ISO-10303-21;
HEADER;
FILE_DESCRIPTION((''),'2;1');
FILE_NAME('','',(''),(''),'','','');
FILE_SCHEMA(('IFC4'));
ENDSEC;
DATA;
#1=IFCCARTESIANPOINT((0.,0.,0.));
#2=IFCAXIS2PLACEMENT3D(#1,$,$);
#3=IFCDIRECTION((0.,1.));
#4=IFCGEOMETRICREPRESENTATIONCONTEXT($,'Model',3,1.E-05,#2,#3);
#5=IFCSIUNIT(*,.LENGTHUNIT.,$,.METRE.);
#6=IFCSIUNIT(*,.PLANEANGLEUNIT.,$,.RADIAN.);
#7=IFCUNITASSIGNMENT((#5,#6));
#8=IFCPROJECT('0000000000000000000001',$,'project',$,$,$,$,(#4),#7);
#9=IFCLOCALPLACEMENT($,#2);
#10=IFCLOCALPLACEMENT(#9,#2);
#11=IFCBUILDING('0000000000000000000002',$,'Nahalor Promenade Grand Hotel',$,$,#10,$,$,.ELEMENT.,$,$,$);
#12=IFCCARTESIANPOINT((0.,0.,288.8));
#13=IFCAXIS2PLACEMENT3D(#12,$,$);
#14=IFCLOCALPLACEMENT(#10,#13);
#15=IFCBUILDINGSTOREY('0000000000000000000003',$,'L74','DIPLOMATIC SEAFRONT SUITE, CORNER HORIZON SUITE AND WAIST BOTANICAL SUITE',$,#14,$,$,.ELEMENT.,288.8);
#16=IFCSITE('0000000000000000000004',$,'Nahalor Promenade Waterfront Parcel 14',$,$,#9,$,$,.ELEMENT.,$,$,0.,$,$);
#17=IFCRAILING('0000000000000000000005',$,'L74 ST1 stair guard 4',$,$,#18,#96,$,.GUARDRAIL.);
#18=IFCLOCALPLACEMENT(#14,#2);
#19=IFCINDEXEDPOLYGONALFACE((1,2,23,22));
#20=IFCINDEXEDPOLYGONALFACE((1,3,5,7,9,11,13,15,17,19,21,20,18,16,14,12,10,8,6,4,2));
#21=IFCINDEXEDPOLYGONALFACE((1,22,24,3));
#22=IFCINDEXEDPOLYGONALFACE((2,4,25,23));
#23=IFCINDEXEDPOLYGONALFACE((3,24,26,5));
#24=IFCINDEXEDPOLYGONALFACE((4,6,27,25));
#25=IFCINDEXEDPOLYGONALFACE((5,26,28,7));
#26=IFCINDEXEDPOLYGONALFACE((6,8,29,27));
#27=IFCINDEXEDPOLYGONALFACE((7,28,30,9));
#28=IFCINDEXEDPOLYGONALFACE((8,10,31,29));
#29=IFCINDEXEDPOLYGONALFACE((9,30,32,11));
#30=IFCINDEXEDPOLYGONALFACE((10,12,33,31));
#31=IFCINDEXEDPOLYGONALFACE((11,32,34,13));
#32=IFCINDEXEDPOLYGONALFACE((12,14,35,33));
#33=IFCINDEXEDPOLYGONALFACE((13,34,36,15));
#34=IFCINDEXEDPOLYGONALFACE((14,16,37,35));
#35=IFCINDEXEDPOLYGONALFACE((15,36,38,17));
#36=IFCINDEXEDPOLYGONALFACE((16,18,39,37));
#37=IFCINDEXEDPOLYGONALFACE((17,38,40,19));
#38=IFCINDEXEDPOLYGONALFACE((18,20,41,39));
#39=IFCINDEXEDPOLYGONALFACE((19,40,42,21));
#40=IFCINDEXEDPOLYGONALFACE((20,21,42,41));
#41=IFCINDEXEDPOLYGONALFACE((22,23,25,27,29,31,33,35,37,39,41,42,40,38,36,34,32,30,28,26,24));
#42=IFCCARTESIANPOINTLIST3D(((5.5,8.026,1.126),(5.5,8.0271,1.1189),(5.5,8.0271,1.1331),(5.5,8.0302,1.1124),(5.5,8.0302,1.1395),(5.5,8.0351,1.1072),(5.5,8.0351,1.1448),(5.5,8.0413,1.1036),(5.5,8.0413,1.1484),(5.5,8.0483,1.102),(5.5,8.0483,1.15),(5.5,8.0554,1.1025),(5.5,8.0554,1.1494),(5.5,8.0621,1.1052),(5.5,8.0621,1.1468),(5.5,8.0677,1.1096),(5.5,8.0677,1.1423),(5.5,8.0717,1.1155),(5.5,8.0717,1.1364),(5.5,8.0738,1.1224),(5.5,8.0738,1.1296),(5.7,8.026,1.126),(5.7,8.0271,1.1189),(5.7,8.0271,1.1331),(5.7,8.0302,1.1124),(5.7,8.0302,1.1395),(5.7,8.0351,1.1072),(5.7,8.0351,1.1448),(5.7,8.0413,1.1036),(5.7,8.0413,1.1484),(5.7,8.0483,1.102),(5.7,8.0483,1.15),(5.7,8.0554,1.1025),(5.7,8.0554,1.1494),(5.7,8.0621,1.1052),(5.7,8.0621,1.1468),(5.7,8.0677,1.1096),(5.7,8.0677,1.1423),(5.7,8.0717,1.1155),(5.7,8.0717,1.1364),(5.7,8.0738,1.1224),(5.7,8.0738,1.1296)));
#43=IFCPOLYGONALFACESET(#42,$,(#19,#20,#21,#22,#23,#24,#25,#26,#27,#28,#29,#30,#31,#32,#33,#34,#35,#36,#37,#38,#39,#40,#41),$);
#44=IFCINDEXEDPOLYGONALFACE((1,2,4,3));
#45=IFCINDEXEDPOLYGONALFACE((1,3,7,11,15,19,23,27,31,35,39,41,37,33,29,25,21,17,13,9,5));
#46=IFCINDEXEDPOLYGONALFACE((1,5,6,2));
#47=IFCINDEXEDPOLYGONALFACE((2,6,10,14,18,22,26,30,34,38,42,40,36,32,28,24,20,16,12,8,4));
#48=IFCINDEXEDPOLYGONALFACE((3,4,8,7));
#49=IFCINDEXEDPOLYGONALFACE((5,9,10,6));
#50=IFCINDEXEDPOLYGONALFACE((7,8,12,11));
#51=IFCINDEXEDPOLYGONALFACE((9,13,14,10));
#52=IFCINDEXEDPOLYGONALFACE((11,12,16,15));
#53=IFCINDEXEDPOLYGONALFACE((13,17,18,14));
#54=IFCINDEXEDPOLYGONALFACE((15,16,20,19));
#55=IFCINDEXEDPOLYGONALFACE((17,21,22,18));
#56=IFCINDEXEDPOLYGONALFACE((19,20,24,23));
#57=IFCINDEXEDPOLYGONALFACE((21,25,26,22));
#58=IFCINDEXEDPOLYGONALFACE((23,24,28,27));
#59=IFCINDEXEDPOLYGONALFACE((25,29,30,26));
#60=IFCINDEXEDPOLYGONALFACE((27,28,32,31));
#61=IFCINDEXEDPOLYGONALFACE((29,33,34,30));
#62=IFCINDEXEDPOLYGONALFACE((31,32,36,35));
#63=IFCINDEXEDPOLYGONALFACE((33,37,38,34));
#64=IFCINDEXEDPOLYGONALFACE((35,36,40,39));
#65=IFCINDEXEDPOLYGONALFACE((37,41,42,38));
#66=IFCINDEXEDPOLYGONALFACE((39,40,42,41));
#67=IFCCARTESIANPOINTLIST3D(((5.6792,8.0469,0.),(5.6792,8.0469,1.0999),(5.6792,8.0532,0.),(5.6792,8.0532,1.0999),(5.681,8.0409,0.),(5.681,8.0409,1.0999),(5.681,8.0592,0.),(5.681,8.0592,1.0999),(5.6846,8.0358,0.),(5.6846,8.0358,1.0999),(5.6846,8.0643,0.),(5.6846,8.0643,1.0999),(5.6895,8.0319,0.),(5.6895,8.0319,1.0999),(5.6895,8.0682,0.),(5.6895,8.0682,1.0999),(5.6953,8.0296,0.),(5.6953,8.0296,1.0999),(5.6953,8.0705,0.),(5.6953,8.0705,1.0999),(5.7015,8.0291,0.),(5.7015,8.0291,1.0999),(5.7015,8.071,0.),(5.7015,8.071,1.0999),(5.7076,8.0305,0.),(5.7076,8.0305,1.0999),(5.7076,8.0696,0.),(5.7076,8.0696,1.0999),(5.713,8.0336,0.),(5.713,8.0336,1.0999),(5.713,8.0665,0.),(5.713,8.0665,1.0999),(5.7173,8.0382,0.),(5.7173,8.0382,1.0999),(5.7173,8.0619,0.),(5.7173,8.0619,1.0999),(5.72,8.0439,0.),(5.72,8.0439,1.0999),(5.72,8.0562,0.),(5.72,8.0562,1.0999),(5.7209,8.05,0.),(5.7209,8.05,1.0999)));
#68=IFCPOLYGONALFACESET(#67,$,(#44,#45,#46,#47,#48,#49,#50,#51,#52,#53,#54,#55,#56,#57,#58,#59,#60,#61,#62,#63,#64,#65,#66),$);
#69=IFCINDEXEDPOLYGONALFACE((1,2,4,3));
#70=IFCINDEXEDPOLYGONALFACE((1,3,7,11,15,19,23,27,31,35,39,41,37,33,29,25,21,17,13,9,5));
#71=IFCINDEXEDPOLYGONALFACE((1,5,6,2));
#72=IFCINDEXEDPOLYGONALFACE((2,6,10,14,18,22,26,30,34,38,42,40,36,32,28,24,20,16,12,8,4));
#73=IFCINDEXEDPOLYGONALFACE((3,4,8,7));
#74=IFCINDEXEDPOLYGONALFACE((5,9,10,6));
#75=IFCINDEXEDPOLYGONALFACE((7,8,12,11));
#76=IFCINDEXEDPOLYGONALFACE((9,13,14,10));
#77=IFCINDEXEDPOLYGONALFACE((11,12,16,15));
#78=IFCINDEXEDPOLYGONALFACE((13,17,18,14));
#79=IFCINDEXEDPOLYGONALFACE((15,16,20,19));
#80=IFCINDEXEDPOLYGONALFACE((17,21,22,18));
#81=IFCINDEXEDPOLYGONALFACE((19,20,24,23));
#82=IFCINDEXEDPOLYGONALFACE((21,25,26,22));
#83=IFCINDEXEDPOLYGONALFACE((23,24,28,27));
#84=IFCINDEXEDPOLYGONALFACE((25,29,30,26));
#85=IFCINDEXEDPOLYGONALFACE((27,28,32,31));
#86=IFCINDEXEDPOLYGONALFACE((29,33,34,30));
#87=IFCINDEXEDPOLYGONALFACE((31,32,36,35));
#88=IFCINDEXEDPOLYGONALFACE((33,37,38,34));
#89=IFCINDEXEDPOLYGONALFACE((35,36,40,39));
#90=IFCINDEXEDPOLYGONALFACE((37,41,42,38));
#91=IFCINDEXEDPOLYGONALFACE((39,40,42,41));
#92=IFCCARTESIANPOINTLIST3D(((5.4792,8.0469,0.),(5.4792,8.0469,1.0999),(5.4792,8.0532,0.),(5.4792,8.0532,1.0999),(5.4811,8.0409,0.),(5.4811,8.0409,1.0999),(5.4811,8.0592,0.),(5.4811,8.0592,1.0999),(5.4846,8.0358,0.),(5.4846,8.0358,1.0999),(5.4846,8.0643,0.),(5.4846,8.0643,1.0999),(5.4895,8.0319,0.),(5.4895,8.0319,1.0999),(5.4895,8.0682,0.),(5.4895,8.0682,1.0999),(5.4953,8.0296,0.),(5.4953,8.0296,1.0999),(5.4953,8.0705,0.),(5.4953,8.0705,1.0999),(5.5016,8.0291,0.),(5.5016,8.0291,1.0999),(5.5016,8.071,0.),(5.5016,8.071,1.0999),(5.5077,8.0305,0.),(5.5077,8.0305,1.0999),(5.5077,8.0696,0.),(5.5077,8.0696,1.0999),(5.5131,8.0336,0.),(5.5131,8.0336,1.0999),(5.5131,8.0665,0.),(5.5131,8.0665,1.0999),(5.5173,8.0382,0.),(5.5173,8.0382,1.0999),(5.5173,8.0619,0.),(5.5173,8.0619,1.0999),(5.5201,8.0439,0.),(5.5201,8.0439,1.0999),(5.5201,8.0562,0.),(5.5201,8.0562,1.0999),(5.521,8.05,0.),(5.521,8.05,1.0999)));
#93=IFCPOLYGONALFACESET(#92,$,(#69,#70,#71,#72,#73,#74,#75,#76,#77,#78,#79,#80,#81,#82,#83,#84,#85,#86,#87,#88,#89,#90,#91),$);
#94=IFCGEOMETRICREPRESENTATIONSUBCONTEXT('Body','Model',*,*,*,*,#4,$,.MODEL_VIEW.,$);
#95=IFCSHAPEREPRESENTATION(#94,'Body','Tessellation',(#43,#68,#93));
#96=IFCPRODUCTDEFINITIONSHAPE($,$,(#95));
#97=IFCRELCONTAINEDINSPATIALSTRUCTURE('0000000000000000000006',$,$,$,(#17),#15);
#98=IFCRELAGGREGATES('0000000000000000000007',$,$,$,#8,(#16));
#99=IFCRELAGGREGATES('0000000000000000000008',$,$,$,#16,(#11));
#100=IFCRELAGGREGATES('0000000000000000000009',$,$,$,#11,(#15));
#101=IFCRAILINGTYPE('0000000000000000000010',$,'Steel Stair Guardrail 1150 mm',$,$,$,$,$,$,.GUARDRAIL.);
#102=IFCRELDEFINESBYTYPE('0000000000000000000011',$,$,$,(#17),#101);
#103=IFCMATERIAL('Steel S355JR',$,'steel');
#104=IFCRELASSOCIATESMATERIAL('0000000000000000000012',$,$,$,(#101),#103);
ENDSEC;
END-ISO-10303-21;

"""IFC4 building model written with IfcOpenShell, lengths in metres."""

from ifc_helpers import new_model, si_unit, direction, frame, origin, origin_2d, place, context, subcontext, project, spatial, circle, extrude, material, type_object, element, save


model = new_model("IFC4")

# Units and contexts
model_context = context("Model", 3, precision=1e-05, world=origin(), true_north=direction((0.0, 1.0)))
body_context = subcontext(model_context, "Body", "Model", "MODEL_VIEW")
ifc_project = project(units=[si_unit("LENGTHUNIT", "METRE"), si_unit("PLANEANGLEUNIT", "RADIAN")], contexts=[model_context])

# Site, building, storey
site_placement = place(None, origin())
site = spatial("IfcSite", under=ifc_project, at=site_placement, Name="Nahalor Promenade Waterfront Parcel 14", CompositionType="ELEMENT", RefElevation=0.0)
building_placement = place(site_placement, origin())
building = spatial("IfcBuilding", under=site, at=building_placement, Name="Nahalor Promenade Grand Hotel", CompositionType="ELEMENT")
storey_placement = place(building_placement, frame((0.0, 0.0, 288.8)))
storey = spatial("IfcBuildingStorey", under=building, at=storey_placement, Name="L74", Description="DIPLOMATIC SEAFRONT SUITE, CORNER HORIZON SUITE AND WAIST BOTANICAL SUITE", CompositionType="ELEMENT", Elevation=288.8)

# Shared definitions
ifc_material_1 = material(Name="Steel S355JR", Category="steel")

# Railing
railing_type_1 = type_object("IfcRailingType", Name="Steel Stair Guardrail 1150 mm", PredefinedType="GUARDRAIL", material=ifc_material_1)
railing_1_placement = place(storey_placement, frame((5.7, 8.05, 0.0)))
element("IfcRailing", 1, at=railing_1_placement, inside=storey, type_object=railing_type_1, Name="L74 ST1 stair guard 4", PredefinedType="GUARDRAIL", context=body_context, shape_type="SweptSolid", body=[
    extrude(circle(Radius=0.024, at=origin_2d()), frame((0.0, 0.0, 1.126), z_axis=(-1.0, 0.0, 0.0), x_axis=(0.0, -1.0, 0.0)), (0.0, 0.0, 1.0), 0.2),
    extrude(circle(Radius=0.021, at=origin_2d()), origin(), (0.0, 0.0, 1.0), 1.0999),
    extrude(circle(Radius=0.021, at=origin_2d()), frame((-0.2, 0.0, 0.0)), (0.0, 0.0, 1.0), 1.0999),
])

save(model, "model.ifc")
